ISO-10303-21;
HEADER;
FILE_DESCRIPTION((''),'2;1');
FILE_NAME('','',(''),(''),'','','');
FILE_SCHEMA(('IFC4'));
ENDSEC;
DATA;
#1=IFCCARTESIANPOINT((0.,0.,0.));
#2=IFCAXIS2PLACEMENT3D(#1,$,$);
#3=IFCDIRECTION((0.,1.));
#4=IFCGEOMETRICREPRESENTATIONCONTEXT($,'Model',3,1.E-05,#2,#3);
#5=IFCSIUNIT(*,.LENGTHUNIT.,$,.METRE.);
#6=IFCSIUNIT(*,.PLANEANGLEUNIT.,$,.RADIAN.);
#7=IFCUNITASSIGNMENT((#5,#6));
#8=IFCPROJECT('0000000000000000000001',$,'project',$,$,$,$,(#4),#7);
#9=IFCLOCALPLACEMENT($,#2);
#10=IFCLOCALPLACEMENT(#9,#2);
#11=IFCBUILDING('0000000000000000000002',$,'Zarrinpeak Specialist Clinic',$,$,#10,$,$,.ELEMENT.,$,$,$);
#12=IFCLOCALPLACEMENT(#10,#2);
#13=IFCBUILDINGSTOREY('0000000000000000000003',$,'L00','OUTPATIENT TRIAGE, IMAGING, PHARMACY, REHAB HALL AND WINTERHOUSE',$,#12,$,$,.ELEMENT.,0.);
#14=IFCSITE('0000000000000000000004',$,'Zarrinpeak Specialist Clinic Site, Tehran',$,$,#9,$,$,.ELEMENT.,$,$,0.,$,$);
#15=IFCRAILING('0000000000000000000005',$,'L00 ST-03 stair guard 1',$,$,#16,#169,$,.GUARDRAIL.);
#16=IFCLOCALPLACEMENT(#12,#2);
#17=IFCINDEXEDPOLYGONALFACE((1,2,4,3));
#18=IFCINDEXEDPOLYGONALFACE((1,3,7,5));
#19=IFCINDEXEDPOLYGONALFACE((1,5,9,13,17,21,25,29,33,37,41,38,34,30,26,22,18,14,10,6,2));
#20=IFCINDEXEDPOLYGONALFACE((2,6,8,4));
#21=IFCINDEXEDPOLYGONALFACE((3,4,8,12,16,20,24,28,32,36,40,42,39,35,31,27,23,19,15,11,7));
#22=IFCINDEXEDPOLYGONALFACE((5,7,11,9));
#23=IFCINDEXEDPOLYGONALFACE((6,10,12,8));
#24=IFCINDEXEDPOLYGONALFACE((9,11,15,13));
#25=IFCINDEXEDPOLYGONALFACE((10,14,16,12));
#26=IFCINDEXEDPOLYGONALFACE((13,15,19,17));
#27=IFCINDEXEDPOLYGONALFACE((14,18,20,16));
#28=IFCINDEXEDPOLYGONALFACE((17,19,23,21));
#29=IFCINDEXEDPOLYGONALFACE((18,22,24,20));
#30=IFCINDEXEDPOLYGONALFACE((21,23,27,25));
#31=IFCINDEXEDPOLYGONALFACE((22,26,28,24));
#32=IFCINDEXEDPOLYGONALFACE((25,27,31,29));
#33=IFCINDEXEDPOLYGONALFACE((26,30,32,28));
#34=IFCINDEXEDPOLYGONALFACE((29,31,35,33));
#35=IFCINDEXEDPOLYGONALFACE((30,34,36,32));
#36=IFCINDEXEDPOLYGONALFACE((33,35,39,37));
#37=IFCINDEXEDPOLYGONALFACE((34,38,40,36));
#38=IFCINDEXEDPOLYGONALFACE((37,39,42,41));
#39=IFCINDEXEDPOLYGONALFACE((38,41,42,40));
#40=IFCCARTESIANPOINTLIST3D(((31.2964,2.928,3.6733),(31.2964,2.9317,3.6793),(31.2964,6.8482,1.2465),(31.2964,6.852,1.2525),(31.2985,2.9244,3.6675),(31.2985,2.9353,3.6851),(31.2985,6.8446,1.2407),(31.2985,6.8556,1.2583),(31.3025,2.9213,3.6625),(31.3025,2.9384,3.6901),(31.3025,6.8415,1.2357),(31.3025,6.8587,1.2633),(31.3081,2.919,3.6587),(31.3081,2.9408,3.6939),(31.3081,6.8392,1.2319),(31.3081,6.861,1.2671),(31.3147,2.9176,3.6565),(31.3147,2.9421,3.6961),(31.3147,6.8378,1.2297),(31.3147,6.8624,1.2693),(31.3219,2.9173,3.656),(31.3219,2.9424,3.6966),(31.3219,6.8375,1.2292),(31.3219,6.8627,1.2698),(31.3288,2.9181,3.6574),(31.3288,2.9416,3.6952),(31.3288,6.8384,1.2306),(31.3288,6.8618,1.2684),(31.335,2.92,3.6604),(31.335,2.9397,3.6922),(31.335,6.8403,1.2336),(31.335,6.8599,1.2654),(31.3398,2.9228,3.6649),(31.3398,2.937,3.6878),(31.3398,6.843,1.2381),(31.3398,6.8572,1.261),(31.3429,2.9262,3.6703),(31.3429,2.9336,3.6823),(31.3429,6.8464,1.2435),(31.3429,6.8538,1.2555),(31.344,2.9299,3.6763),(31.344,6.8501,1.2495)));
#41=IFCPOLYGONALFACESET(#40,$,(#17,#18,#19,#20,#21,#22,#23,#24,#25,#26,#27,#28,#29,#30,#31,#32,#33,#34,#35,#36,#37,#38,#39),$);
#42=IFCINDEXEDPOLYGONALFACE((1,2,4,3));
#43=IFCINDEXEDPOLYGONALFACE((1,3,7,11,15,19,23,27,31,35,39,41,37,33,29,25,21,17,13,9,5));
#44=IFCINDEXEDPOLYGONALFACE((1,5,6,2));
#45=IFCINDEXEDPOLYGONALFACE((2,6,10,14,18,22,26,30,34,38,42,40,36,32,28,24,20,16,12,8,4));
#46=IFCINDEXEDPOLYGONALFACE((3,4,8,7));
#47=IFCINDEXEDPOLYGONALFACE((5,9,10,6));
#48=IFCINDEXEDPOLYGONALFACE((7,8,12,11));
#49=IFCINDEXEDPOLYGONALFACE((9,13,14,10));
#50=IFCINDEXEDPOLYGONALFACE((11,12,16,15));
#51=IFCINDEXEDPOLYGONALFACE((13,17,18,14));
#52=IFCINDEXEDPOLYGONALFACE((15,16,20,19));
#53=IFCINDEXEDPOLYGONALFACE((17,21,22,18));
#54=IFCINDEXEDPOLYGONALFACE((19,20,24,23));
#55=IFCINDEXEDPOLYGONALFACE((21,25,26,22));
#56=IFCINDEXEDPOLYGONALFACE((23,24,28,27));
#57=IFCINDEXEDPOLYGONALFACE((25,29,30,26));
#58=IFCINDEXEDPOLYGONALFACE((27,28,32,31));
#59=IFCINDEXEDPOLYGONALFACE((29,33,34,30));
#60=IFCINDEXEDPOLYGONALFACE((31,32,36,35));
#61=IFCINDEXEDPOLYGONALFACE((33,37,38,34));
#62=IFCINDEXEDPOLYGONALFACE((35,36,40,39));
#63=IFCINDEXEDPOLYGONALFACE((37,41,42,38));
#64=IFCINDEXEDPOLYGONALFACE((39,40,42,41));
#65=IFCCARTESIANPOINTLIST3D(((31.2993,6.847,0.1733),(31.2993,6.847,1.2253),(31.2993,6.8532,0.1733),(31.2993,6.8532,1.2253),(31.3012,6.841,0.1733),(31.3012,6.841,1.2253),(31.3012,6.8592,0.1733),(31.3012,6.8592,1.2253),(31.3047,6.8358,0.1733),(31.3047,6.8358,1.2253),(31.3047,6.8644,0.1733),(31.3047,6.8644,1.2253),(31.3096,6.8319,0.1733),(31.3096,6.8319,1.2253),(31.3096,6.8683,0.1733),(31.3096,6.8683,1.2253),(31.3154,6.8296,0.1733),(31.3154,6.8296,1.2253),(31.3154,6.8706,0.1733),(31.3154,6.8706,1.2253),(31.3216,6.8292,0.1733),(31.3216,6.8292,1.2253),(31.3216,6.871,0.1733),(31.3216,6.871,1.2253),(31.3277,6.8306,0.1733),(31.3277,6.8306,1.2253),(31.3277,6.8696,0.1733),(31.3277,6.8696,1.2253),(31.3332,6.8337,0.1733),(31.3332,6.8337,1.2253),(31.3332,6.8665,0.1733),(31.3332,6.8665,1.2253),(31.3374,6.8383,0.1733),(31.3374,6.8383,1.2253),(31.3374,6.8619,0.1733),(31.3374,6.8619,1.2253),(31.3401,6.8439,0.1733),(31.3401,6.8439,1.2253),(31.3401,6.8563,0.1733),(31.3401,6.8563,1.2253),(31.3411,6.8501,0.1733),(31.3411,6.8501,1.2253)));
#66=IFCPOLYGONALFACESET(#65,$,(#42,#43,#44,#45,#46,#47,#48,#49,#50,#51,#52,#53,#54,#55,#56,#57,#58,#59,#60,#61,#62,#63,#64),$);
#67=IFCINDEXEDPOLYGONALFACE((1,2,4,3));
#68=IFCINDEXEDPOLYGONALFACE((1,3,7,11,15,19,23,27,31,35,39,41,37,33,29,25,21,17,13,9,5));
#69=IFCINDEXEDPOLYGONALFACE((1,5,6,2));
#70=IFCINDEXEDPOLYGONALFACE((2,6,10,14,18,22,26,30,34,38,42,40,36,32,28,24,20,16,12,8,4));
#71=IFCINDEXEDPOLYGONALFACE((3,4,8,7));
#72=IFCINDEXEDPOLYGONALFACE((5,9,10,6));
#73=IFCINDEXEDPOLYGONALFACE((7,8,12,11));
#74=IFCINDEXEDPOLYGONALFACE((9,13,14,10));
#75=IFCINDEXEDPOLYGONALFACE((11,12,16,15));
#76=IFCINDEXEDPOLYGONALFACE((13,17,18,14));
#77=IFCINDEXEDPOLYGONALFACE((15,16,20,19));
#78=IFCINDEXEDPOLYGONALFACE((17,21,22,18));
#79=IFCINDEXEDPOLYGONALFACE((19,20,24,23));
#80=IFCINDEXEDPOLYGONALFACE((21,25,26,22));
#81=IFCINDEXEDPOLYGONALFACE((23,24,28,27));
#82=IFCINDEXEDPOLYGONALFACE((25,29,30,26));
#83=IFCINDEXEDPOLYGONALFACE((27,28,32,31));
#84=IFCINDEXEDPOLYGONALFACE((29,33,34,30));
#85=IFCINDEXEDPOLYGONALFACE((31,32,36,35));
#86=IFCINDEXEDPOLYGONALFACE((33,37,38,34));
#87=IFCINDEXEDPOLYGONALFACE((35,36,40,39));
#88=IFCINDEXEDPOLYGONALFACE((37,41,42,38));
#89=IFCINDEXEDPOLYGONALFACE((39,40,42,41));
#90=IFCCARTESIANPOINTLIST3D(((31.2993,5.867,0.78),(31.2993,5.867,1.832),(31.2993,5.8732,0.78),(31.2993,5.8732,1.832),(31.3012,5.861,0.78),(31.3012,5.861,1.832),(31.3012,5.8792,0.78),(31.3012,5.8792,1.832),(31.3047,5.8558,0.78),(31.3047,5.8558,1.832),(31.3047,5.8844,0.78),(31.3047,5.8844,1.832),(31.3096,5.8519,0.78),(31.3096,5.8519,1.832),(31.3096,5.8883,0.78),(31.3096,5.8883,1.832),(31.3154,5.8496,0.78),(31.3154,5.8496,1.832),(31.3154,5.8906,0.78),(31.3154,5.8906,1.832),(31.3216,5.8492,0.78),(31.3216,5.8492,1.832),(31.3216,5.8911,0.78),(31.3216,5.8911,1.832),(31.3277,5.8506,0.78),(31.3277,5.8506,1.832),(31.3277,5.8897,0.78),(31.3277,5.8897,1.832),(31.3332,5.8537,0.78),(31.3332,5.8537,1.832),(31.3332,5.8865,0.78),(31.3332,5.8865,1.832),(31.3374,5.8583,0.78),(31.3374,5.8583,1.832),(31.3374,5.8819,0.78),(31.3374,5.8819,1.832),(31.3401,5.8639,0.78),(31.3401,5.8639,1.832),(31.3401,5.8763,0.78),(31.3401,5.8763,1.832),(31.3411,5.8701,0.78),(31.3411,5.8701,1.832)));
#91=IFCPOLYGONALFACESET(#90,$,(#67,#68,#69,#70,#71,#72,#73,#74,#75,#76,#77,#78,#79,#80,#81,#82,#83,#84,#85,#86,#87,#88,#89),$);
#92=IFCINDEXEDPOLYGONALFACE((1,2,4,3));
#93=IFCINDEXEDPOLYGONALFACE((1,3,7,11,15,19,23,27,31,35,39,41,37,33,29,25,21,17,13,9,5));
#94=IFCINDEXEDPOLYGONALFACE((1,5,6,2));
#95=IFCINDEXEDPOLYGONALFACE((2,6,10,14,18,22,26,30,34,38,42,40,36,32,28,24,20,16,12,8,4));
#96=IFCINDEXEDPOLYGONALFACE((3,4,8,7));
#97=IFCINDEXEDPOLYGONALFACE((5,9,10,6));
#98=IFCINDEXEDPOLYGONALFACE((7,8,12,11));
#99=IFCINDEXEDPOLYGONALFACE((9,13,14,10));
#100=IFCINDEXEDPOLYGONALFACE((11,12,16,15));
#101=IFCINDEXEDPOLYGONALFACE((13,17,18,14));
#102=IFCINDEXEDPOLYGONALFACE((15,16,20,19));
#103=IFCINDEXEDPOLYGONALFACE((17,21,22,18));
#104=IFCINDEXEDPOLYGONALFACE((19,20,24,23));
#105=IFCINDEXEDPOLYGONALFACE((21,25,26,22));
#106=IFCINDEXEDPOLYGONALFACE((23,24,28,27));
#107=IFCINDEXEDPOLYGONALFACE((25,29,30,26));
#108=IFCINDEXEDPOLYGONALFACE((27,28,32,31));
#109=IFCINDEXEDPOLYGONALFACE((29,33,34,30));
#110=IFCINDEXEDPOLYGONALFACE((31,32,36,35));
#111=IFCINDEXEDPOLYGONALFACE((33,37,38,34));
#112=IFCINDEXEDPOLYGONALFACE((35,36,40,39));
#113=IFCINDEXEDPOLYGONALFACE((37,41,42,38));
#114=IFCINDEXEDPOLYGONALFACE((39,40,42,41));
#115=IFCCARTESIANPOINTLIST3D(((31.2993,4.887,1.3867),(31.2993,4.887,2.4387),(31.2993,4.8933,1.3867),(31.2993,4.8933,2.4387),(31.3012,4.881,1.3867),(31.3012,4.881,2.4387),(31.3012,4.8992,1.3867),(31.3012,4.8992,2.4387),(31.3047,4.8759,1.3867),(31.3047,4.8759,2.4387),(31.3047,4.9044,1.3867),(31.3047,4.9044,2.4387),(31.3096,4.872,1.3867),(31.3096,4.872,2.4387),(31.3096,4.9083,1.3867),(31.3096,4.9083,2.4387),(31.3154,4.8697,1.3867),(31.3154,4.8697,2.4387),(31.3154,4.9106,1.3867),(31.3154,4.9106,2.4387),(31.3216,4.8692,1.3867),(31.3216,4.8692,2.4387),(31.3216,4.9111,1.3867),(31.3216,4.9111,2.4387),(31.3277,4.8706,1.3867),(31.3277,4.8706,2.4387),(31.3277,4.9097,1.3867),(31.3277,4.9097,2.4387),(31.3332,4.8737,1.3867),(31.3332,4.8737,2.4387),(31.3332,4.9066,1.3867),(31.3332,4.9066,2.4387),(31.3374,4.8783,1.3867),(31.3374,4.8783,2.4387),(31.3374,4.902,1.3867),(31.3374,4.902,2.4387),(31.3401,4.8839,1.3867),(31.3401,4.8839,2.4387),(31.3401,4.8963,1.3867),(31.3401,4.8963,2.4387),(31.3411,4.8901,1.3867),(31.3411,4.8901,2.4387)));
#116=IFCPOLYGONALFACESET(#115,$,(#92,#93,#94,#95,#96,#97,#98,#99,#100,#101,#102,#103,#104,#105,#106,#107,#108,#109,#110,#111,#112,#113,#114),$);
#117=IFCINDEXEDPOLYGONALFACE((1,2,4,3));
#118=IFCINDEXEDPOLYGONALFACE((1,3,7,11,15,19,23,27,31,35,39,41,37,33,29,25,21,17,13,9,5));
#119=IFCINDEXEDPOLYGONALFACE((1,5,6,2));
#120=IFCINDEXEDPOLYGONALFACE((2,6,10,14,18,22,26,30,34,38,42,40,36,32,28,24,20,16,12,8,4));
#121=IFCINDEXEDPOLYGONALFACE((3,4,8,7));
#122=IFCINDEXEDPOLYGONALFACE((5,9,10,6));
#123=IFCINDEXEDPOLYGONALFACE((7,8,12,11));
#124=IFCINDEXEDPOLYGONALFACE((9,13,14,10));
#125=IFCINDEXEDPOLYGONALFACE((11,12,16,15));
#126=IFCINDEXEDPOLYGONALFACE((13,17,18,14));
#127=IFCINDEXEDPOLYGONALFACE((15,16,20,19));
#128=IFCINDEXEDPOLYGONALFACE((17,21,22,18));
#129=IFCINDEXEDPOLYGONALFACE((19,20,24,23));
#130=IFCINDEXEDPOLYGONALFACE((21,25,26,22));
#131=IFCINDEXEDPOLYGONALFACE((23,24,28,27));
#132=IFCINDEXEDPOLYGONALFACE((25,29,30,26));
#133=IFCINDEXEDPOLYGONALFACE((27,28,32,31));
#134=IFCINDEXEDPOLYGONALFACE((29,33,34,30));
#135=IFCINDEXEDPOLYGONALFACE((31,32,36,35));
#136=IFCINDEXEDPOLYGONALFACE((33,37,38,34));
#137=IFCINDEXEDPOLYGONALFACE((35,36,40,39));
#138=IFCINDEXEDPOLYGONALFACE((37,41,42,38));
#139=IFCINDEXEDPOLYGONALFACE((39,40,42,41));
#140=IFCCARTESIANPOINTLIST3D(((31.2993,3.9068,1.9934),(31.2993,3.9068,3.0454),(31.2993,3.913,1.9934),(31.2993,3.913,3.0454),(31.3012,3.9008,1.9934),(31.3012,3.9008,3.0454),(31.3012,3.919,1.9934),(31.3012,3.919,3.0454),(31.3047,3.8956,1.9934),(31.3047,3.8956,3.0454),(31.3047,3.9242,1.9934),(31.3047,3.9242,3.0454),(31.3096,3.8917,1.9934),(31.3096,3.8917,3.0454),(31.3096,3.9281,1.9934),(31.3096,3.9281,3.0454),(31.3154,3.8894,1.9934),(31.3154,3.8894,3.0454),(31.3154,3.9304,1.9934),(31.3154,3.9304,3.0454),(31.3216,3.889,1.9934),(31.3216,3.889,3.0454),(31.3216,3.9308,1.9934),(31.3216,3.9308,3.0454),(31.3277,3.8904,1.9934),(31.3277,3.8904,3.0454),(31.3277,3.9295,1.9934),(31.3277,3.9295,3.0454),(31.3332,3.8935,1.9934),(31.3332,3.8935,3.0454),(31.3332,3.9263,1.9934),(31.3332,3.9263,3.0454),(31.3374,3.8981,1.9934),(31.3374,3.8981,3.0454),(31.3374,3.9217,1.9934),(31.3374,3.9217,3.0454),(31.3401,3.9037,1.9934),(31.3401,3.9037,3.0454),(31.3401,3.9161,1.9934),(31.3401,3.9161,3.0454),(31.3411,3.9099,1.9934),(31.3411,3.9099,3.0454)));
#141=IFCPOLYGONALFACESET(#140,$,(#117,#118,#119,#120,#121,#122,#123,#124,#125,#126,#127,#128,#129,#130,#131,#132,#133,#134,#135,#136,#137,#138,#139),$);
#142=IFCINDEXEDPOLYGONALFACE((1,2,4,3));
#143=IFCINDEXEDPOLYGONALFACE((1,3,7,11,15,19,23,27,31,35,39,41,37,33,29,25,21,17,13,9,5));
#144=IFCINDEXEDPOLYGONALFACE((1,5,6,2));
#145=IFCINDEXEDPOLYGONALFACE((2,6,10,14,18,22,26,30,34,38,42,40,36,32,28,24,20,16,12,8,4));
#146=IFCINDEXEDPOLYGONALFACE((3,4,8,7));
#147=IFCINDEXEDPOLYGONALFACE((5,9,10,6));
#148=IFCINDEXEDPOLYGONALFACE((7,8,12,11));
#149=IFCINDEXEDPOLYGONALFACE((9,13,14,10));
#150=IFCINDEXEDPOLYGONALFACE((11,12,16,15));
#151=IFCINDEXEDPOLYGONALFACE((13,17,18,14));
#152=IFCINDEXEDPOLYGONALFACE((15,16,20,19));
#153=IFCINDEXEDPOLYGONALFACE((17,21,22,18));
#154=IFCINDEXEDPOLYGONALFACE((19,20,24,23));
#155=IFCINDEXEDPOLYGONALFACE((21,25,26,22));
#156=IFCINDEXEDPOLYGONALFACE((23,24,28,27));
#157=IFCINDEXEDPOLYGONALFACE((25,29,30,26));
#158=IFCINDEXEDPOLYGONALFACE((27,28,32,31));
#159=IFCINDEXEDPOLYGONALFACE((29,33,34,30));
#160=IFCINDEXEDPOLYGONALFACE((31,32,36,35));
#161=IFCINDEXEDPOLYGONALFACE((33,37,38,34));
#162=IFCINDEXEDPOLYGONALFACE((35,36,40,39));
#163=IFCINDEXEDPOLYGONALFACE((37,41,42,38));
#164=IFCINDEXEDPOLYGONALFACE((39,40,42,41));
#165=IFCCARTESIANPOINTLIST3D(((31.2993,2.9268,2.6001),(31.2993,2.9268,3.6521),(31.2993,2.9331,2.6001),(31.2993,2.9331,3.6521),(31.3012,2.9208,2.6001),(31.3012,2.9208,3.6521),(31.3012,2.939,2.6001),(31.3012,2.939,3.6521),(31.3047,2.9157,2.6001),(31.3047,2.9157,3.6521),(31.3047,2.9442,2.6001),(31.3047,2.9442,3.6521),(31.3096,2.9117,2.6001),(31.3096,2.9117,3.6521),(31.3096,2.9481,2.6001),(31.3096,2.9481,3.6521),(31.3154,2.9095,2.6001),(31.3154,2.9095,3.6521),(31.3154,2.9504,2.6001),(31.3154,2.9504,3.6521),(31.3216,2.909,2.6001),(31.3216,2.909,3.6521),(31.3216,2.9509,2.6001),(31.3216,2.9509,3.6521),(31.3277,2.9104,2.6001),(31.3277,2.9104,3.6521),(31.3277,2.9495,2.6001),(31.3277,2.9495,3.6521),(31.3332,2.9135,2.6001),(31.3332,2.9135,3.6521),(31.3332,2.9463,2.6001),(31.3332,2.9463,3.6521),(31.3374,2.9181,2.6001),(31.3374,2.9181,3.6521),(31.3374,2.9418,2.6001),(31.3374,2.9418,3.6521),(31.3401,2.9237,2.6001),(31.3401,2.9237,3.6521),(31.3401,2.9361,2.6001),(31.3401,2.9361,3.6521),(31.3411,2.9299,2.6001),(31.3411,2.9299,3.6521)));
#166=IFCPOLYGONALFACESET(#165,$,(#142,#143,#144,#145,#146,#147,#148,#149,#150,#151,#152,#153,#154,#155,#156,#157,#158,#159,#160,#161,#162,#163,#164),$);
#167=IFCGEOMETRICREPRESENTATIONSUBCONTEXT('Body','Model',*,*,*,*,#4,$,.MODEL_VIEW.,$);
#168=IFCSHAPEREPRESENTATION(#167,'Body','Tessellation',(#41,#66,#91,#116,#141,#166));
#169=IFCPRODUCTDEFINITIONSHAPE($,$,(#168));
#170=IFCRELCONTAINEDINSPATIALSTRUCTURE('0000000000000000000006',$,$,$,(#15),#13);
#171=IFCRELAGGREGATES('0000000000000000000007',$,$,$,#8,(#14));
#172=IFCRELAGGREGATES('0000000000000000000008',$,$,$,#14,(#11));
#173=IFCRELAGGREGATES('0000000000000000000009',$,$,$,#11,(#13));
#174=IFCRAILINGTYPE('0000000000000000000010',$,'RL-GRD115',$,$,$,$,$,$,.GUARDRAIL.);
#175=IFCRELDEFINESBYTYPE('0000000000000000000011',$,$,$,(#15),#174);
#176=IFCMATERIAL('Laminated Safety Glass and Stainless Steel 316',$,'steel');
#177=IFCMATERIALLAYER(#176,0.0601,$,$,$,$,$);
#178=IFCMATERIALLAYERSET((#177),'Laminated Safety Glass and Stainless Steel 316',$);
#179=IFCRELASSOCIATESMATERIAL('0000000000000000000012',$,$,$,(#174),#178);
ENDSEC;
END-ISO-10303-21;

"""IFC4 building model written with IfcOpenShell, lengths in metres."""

from ifc_helpers import new_model, si_unit, direction, frame, origin, origin_2d, place, context, subcontext, project, spatial, circle, extrude, material, layer, layer_set, type_object, element, save


model = new_model("IFC4")

# Units and contexts
model_context = context("Model", 3, precision=1e-05, world=origin(), true_north=direction((0.0, 1.0)))
body_context = subcontext(model_context, "Body", "Model", "MODEL_VIEW")
ifc_project = project(units=[si_unit("LENGTHUNIT", "METRE"), si_unit("PLANEANGLEUNIT", "RADIAN")], contexts=[model_context])

# Site, building, storey
site_placement = place(None, origin())
site = spatial("IfcSite", under=ifc_project, at=site_placement, Name="Zarrinpeak Specialist Clinic Site, Tehran", CompositionType="ELEMENT", RefElevation=0.0)
building_placement = place(site_placement, origin())
building = spatial("IfcBuilding", under=site, at=building_placement, Name="Zarrinpeak Specialist Clinic", CompositionType="ELEMENT")
storey_placement = place(building_placement, origin())
storey = spatial("IfcBuildingStorey", under=building, at=storey_placement, Name="L00", Description="OUTPATIENT TRIAGE, IMAGING, PHARMACY, REHAB HALL AND WINTERHOUSE", CompositionType="ELEMENT", Elevation=0.0)

# Railing
ifc_material_1 = material(Name="Laminated Safety Glass and Stainless Steel 316", Category="steel")
ifc_layer_1 = layer(ifc_material_1, 0.0601)
ifc_layer_set_1 = layer_set([ifc_layer_1], Name="Laminated Safety Glass and Stainless Steel 316")
railing_type_1 = type_object("IfcRailingType", Name="RL-GRD115", PredefinedType="GUARDRAIL", material=ifc_layer_set_1)
railing_1_placement = place(storey_placement, frame((31.3201, 6.8501, 0.1733)))
element("IfcRailing", 1, at=railing_1_placement, inside=storey, type_object=railing_type_1, Name="L00 ST-03 stair guard 1", PredefinedType="GUARDRAIL", context=body_context, shape_type="SweptSolid", body=[
    extrude(circle(Radius=0.0239, at=origin_2d()), frame((0.0, 0.0, 1.0762), z_axis=(0.0, -0.850266, 0.526353), x_axis=(1.0, 0.0, 0.0)), (0.0, 0.0, 1.0), 4.6106),
    extrude(circle(Radius=0.021, at=origin_2d()), origin(), (0.0, 0.0, 1.0), 1.052),
    extrude(circle(Radius=0.021, at=origin_2d()), frame((0.0, -0.98, 0.6067)), (0.0, 0.0, 1.0), 1.052),
    extrude(circle(Radius=0.021, at=origin_2d()), frame((0.0, -1.96, 1.2134)), (0.0, 0.0, 1.0), 1.052),
    extrude(circle(Radius=0.021, at=origin_2d()), frame((0.0, -2.9402, 1.8201)), (0.0, 0.0, 1.0), 1.052),
    extrude(circle(Radius=0.021, at=origin_2d()), frame((0.0, -3.9202, 2.4268)), (0.0, 0.0, 1.0), 1.052),
])

save(model, "model.ifc")
